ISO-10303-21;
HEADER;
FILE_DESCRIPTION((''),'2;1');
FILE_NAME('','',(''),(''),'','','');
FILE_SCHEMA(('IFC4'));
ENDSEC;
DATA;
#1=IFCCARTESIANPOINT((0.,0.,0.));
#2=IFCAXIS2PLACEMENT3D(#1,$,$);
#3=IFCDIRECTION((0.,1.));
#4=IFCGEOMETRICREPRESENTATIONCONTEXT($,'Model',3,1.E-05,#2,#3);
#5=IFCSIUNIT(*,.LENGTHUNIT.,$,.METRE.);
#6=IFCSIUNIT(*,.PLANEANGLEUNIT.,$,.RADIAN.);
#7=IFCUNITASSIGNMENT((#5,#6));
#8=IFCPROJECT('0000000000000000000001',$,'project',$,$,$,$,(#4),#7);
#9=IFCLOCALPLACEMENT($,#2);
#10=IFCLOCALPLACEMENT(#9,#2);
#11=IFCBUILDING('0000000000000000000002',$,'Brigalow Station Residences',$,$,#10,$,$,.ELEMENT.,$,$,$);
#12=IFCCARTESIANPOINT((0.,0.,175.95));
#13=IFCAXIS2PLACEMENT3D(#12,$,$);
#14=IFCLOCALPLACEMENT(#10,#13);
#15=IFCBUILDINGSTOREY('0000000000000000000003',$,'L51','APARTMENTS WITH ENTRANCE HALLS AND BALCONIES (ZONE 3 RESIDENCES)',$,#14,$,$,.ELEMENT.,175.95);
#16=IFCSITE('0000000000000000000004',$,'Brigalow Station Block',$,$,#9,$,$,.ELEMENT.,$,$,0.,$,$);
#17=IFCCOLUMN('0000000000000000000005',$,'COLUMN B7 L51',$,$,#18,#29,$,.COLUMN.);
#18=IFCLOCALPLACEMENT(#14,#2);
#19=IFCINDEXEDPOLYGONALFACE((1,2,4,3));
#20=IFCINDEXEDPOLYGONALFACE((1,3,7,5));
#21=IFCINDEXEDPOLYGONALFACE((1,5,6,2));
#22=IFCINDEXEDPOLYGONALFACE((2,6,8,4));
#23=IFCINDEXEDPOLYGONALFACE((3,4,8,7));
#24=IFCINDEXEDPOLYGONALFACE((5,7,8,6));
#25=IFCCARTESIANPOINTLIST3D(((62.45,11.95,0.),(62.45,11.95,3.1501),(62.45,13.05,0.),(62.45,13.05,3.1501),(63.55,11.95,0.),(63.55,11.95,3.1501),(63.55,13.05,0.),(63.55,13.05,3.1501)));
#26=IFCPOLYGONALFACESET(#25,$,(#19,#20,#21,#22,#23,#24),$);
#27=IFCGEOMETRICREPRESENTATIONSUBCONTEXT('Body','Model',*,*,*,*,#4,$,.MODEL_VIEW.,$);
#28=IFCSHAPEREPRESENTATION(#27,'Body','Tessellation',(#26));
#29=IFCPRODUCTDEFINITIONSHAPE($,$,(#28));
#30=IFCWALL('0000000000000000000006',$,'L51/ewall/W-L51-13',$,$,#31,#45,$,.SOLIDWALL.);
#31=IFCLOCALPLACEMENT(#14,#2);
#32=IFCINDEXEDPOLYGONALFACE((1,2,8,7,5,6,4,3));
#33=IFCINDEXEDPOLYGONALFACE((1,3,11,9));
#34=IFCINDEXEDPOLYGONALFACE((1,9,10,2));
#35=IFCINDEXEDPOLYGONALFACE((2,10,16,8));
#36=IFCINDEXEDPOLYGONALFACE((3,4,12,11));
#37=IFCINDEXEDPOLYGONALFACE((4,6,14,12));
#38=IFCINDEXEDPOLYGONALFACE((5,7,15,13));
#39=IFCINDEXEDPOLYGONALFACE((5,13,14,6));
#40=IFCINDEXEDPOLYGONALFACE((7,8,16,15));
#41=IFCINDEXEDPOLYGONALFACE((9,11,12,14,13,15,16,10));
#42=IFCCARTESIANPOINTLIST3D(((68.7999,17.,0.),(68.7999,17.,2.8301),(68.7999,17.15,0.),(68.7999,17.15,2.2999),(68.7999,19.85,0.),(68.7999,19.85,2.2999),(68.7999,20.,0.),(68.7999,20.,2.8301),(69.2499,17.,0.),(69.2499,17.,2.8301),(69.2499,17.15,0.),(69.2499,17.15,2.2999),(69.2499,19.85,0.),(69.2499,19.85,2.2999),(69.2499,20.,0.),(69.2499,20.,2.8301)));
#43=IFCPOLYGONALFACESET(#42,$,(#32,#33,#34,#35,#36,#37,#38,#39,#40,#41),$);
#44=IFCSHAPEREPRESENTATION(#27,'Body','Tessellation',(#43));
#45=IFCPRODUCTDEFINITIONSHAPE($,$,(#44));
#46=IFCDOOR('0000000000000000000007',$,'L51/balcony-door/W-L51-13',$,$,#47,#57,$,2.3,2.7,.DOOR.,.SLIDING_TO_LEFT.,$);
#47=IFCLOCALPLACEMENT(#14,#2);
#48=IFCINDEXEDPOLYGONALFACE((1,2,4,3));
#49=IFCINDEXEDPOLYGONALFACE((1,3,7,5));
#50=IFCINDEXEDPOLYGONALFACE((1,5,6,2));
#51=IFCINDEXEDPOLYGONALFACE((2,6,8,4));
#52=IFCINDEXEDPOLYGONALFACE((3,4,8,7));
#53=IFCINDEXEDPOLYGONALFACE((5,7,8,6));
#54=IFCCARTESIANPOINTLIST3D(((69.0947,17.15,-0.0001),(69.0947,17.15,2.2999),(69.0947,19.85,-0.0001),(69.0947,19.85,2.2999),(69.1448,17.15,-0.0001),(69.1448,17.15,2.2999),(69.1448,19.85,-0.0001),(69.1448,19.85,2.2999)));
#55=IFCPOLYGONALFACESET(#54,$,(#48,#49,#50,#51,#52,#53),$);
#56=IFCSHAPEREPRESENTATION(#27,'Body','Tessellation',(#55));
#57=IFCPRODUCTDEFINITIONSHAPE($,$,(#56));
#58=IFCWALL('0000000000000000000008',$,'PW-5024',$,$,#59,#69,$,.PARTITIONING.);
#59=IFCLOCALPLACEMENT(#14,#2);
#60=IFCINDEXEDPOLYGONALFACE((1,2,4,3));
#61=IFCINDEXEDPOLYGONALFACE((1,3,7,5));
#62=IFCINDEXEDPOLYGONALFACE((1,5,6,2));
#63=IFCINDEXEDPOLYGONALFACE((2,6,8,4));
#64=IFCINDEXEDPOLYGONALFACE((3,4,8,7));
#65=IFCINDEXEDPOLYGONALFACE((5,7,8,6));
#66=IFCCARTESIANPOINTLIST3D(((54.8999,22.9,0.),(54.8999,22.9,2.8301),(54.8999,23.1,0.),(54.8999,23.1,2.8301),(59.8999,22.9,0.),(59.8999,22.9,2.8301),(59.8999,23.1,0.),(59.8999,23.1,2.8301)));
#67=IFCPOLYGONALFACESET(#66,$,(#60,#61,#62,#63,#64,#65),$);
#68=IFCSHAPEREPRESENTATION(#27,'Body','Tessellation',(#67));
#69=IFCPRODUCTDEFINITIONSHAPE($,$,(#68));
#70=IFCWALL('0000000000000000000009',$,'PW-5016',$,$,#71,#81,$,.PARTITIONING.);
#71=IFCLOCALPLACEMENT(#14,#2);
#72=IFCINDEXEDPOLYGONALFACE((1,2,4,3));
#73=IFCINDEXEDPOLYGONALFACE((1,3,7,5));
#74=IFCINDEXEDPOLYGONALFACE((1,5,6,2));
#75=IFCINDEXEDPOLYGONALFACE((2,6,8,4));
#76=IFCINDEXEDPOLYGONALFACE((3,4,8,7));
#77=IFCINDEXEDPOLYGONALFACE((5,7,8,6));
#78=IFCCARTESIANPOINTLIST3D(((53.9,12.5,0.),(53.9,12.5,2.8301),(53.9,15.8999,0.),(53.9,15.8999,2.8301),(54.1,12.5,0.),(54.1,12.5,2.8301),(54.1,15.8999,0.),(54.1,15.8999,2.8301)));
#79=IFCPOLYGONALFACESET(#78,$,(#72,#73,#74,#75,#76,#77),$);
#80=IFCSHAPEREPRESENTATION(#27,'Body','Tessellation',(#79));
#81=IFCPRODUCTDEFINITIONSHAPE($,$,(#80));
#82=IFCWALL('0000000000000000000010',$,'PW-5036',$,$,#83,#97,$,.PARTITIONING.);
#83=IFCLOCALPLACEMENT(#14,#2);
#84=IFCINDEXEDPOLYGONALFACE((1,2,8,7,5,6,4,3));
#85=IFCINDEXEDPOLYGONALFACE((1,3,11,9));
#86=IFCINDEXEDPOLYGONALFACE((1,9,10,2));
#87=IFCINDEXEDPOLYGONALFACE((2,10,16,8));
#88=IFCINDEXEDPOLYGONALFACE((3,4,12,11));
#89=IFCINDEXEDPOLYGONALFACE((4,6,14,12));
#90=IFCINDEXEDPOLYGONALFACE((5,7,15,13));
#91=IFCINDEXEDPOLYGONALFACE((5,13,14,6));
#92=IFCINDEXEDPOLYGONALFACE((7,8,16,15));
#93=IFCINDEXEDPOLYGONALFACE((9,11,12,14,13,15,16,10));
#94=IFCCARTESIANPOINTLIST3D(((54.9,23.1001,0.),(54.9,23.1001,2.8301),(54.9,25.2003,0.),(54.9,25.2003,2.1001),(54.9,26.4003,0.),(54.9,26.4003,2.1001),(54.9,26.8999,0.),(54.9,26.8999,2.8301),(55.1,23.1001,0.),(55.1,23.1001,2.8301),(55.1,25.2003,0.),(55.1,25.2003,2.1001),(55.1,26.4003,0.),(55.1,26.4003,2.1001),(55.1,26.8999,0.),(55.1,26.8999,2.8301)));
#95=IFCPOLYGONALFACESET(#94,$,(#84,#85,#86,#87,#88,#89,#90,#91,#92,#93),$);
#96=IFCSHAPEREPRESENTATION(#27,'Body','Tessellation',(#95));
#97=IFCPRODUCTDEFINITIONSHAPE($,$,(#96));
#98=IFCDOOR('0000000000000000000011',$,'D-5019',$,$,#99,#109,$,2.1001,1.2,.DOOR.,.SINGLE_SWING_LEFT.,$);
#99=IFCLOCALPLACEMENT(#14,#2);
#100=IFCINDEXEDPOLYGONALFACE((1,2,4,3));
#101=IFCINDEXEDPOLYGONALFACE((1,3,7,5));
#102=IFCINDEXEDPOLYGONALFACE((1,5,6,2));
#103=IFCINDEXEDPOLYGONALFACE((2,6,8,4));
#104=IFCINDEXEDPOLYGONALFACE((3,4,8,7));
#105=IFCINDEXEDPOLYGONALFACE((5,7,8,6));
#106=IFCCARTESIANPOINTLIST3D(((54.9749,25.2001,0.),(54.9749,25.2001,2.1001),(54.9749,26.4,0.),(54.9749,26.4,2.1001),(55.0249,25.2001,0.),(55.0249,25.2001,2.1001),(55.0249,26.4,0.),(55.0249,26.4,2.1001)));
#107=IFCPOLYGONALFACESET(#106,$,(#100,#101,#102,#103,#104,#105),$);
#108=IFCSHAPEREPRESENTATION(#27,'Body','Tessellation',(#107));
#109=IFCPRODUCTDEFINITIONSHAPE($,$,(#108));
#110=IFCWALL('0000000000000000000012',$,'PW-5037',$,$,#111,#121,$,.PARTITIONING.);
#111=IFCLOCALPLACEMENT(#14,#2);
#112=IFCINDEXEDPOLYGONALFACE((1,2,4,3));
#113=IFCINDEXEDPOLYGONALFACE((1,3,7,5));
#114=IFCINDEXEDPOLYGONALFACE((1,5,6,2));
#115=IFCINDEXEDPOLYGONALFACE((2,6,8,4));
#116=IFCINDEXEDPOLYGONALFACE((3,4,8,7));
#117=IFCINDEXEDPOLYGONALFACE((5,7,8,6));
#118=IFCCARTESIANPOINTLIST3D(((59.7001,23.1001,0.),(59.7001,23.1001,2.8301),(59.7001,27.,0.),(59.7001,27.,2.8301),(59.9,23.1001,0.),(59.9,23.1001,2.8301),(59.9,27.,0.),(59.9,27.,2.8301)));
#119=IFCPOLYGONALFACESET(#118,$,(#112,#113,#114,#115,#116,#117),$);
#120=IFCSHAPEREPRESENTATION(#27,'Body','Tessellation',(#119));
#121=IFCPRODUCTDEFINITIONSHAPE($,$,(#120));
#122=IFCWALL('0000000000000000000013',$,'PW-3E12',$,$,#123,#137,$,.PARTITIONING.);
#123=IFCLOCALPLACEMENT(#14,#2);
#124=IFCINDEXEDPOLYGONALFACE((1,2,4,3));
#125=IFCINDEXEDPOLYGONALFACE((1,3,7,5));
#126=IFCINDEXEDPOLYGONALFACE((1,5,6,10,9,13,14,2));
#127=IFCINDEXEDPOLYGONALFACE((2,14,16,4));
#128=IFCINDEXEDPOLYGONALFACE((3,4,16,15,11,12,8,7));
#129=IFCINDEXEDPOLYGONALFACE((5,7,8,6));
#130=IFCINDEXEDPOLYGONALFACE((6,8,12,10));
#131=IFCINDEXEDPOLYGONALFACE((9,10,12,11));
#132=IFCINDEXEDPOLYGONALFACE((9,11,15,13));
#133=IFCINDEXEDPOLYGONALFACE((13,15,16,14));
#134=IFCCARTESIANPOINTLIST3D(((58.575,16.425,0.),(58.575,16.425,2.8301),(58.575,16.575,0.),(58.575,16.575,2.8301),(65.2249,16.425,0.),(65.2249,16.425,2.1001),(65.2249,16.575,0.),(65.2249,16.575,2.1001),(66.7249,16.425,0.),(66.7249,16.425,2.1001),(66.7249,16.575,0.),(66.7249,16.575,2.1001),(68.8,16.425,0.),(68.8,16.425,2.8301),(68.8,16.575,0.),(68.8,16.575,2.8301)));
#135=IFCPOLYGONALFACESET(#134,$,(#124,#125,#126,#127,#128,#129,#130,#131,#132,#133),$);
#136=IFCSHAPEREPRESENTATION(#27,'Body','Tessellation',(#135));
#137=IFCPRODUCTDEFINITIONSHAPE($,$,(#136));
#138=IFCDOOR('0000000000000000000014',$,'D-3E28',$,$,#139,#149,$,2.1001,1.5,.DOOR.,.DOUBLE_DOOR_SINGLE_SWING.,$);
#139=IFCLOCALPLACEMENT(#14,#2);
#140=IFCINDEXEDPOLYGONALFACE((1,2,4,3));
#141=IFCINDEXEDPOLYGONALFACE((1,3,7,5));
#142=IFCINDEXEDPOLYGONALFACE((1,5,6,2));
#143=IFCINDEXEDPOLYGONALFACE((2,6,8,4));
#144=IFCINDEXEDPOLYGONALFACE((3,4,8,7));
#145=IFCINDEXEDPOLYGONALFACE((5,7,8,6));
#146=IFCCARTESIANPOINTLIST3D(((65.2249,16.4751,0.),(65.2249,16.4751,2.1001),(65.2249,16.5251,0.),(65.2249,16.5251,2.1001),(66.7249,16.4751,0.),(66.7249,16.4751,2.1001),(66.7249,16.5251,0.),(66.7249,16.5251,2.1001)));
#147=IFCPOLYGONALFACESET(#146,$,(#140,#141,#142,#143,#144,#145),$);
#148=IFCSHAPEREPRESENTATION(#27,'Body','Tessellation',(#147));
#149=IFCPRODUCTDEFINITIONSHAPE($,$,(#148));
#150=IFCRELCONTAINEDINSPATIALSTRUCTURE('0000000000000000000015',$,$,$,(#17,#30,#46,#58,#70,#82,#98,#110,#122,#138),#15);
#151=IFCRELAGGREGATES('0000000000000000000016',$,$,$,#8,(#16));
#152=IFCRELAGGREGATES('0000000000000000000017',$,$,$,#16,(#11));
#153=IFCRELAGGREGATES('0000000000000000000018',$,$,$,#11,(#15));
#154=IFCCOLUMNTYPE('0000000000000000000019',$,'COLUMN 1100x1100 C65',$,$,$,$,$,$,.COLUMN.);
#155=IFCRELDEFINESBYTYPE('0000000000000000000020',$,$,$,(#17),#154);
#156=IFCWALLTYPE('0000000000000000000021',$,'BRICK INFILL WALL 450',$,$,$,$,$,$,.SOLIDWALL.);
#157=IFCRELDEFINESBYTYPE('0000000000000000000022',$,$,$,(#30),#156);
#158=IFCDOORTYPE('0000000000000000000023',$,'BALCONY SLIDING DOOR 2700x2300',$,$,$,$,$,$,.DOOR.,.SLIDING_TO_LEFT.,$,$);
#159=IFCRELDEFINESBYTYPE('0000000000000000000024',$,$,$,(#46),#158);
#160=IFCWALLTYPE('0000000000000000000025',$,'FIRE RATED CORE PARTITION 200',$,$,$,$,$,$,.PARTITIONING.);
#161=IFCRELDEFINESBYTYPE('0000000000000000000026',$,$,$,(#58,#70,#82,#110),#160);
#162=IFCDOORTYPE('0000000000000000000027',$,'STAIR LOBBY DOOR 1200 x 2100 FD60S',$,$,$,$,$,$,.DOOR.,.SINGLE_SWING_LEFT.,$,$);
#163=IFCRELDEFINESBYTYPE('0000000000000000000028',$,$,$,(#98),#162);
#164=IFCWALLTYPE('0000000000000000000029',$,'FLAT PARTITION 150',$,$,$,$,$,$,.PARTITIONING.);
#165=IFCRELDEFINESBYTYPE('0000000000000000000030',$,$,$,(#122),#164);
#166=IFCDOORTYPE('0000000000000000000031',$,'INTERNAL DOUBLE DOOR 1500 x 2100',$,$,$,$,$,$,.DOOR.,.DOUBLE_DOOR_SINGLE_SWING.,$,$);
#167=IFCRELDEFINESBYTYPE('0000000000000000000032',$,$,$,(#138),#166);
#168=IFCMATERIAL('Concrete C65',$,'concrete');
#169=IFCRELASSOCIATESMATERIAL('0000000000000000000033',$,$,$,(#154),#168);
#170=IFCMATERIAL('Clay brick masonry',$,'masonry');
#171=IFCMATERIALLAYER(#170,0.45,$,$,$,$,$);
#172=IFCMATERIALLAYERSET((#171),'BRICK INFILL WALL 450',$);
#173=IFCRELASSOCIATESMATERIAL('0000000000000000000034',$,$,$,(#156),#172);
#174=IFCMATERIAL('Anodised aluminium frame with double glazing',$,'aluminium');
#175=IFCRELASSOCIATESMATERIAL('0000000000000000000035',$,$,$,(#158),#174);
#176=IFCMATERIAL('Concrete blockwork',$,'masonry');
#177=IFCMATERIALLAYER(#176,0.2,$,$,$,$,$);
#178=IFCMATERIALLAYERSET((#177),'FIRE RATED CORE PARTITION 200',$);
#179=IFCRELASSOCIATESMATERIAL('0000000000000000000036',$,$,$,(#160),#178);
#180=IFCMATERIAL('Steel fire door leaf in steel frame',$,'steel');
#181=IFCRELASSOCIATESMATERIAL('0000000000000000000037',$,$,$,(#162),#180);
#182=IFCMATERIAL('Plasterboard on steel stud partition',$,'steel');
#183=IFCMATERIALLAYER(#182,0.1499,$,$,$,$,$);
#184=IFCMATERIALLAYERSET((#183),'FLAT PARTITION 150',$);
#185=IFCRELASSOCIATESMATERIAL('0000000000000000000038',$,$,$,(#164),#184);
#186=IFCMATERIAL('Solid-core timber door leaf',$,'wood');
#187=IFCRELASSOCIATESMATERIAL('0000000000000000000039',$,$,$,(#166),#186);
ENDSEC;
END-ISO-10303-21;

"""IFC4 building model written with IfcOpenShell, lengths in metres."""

from ifc_helpers import new_model, si_unit, direction, frame, frame_2d, origin, origin_2d, place, context, subcontext, project, spatial, rectangle, extrude, material, layer, layer_set, material_profile, profile_set, type_object, element, fill, save


model = new_model("IFC4")

# Units and contexts
model_context = context("Model", 3, precision=1e-05, world=origin(), true_north=direction((0.0, 1.0)))
body_context = subcontext(model_context, "Body", "Model", "MODEL_VIEW")
ifc_project = project(units=[si_unit("LENGTHUNIT", "METRE"), si_unit("PLANEANGLEUNIT", "RADIAN")], contexts=[model_context])

# Site, building, storey
site_placement = place(None, origin())
site = spatial("IfcSite", under=ifc_project, at=site_placement, Name="Brigalow Station Block", CompositionType="ELEMENT", RefElevation=0.0)
building_placement = place(site_placement, origin())
building = spatial("IfcBuilding", under=site, at=building_placement, Name="Brigalow Station Residences", CompositionType="ELEMENT")
storey_placement = place(building_placement, frame((0.0, 0.0, 175.95)))
storey = spatial("IfcBuildingStorey", under=building, at=storey_placement, Name="L51", Description="APARTMENTS WITH ENTRANCE HALLS AND BALCONIES (ZONE 3 RESIDENCES)", CompositionType="ELEMENT", Elevation=175.95)

# Column
ifc_material_1 = material(Name="Concrete C65", Category="concrete")
ifc_material_profile = material_profile(ifc_material_1, rectangle(XDim=1.1001, YDim=1.1001, at=origin_2d()), Name="RC1100x1100")
ifc_profile_set = profile_set([ifc_material_profile], Name="Concrete C65")
column_type = type_object("IfcColumnType", Name="COLUMN 1100x1100 C65", PredefinedType="COLUMN", material=ifc_profile_set)
column_placement = place(storey_placement, frame((63.0, 12.5, 0.0), z_axis=(0.0, 0.0, 1.0), x_axis=(1.0, 0.0, 0.0)))
element("IfcColumn", 1, at=column_placement, inside=storey, type_object=column_type, Name="COLUMN B7 L51", PredefinedType="COLUMN", context=body_context, shape_type="SweptSolid", body=[
    extrude(rectangle(XDim=1.1001, YDim=1.1001, at=origin_2d()), origin(), (0.0, 0.0, 1.0), 3.1501),
])

# Wall, opening, door
ifc_material_2 = material(Name="Clay brick masonry", Category="masonry")
ifc_layer_1 = layer(ifc_material_2, 0.45)
ifc_layer_set_1 = layer_set([ifc_layer_1], Name="BRICK INFILL WALL 450")
wall_type_1 = type_object("IfcWallType", Name="BRICK INFILL WALL 450", PredefinedType="SOLIDWALL", material=ifc_layer_set_1)
wall_1_placement = place(storey_placement, frame((69.0249, 17.0, 0.0), z_axis=(0.0, 0.0, 1.0), x_axis=(0.0, 1.0, 0.0)))
wall_1 = element("IfcWall", 2, at=wall_1_placement, inside=storey, type_object=wall_type_1, Name="L51/ewall/W-L51-13", PredefinedType="SOLIDWALL", context=body_context, shape_type="SweptSolid", body=[
    extrude(rectangle(XDim=3.0, YDim=0.45, at=frame_2d((1.5, 0.0))), origin(), (0.0, 0.0, 1.0), 2.8301),
])
opening_1_placement = place(wall_1_placement, frame((0.1499, 0.0, 0.0)))
opening_1 = element("IfcOpeningElement", 3, at=opening_1_placement, cuts=wall_1, PredefinedType="OPENING", context=body_context, shape_type="SweptSolid", body=[
    extrude(rectangle(XDim=2.7, YDim=2.3, at=frame_2d((1.3501, 1.1499))), frame((0.0, 0.2349, 0.0), z_axis=(0.0, -1.0, 0.0), x_axis=(1.0, 0.0, 0.0)), (0.0, 0.0, 1.0), 0.47),
])
ifc_material_3 = material(Name="Anodised aluminium frame with double glazing", Category="aluminium")
door_type_1 = type_object("IfcDoorType", Name="BALCONY SLIDING DOOR 2700x2300", OperationType="SLIDING_TO_LEFT", PredefinedType="DOOR", material=ifc_material_3)
door_1_placement = place(opening_1_placement, origin())
door_1 = element("IfcDoor", 4, at=door_1_placement, inside=storey, type_object=door_type_1, Name="L51/balcony-door/W-L51-13", OperationType="SLIDING_TO_LEFT", OverallHeight=2.3, OverallWidth=2.7, PredefinedType="DOOR", context=body_context, shape_type="SweptSolid", body=[
    extrude(rectangle(XDim=2.7, YDim=2.3, at=frame_2d((1.3501, 1.1499))), frame((0.0, -0.0698, 0.0), z_axis=(0.0, -1.0, 0.0), x_axis=(1.0, 0.0, 0.0)), (0.0, 0.0, 1.0), 0.05),
])
fill(opening_1, door_1)

# Walls
ifc_material_4 = material(Name="Concrete blockwork", Category="masonry")
ifc_layer_2 = layer(ifc_material_4, 0.2)
ifc_layer_set_2 = layer_set([ifc_layer_2], Name="FIRE RATED CORE PARTITION 200")
wall_type_2 = type_object("IfcWallType", Name="FIRE RATED CORE PARTITION 200", PredefinedType="PARTITIONING", material=ifc_layer_set_2)
wall_2_placement = place(storey_placement, frame((54.8999, 23.0, 0.0), z_axis=(0.0, 0.0, 1.0), x_axis=(1.0, 0.0, 0.0)))
element("IfcWall", 5, at=wall_2_placement, inside=storey, type_object=wall_type_2, Name="PW-5024", PredefinedType="PARTITIONING", context=body_context, shape_type="SweptSolid", body=[
    extrude(rectangle(XDim=5.0, YDim=0.2, at=frame_2d((2.5, 0.0))), origin(), (0.0, 0.0, 1.0), 2.8301),
])
wall_3_placement = place(storey_placement, frame((54.0, 12.5, 0.0), z_axis=(0.0, 0.0, 1.0), x_axis=(0.0, 1.0, 0.0)))
element("IfcWall", 6, at=wall_3_placement, inside=storey, type_object=wall_type_2, Name="PW-5016", PredefinedType="PARTITIONING", context=body_context, shape_type="SweptSolid", body=[
    extrude(rectangle(XDim=3.3999, YDim=0.2, at=frame_2d((1.7, 0.0))), origin(), (0.0, 0.0, 1.0), 2.8301),
])

# Wall, opening, door
wall_4_placement = place(storey_placement, frame((55.0, 23.1001, 0.0), z_axis=(0.0, 0.0, 1.0), x_axis=(0.0, 1.0, 0.0)))
wall_4 = element("IfcWall", 7, at=wall_4_placement, inside=storey, type_object=wall_type_2, Name="PW-5036", PredefinedType="PARTITIONING", context=body_context, shape_type="SweptSolid", body=[
    extrude(rectangle(XDim=3.7998, YDim=0.2, at=frame_2d((1.8999, 0.0))), origin(), (0.0, 0.0, 1.0), 2.8301),
])
opening_2_placement = place(wall_4_placement, frame((2.1001, 0.0, 0.0)))
opening_2 = element("IfcOpeningElement", 8, at=opening_2_placement, cuts=wall_4, PredefinedType="OPENING", context=body_context, shape_type="SweptSolid", body=[
    extrude(rectangle(XDim=1.2, YDim=2.1001, at=frame_2d((0.6001, 1.05))), frame((0.0, 0.1099, 0.0), z_axis=(0.0, -1.0, 0.0), x_axis=(1.0, 0.0, 0.0)), (0.0, 0.0, 1.0), 0.22),
])
ifc_material_5 = material(Name="Steel fire door leaf in steel frame", Category="steel")
door_type_2 = type_object("IfcDoorType", Name="STAIR LOBBY DOOR 1200 x 2100 FD60S", OperationType="SINGLE_SWING_LEFT", PredefinedType="DOOR", material=ifc_material_5)
door_2_placement = place(opening_2_placement, frame((1.2, 0.0, 0.0), z_axis=(0.0, 0.0, 1.0), x_axis=(-1.0, 0.0, 0.0)))
door_2 = element("IfcDoor", 9, at=door_2_placement, inside=storey, type_object=door_type_2, Name="D-5019", OperationType="SINGLE_SWING_LEFT", OverallHeight=2.1001, OverallWidth=1.2, PredefinedType="DOOR", context=body_context, shape_type="SweptSolid", body=[
    extrude(rectangle(XDim=1.2, YDim=2.1001, at=frame_2d((0.6001, 1.05))), frame((0.0, 0.0249, 0.0), z_axis=(0.0, -1.0, 0.0), x_axis=(1.0, 0.0, 0.0)), (0.0, 0.0, 1.0), 0.05),
])
fill(opening_2, door_2)

# Wall
wall_5_placement = place(storey_placement, frame((59.8, 23.1001, 0.0), z_axis=(0.0, 0.0, 1.0), x_axis=(0.0, 1.0, 0.0)))
element("IfcWall", 10, at=wall_5_placement, inside=storey, type_object=wall_type_2, Name="PW-5037", PredefinedType="PARTITIONING", context=body_context, shape_type="SweptSolid", body=[
    extrude(rectangle(XDim=3.8999, YDim=0.2, at=frame_2d((1.95, 0.0))), origin(), (0.0, 0.0, 1.0), 2.8301),
])

# Wall, opening, door
ifc_material_6 = material(Name="Plasterboard on steel stud partition", Category="steel")
ifc_layer_3 = layer(ifc_material_6, 0.1499)
ifc_layer_set_3 = layer_set([ifc_layer_3], Name="FLAT PARTITION 150")
wall_type_3 = type_object("IfcWallType", Name="FLAT PARTITION 150", PredefinedType="PARTITIONING", material=ifc_layer_set_3)
wall_6_placement = place(storey_placement, frame((58.575, 16.5, 0.0), z_axis=(0.0, 0.0, 1.0), x_axis=(1.0, 0.0, 0.0)))
wall_6 = element("IfcWall", 11, at=wall_6_placement, inside=storey, type_object=wall_type_3, Name="PW-3E12", PredefinedType="PARTITIONING", context=body_context, shape_type="SweptSolid", body=[
    extrude(rectangle(XDim=10.2251, YDim=0.1499, at=frame_2d((5.1125, 0.0))), origin(), (0.0, 0.0, 1.0), 2.8301),
])
opening_3_placement = place(wall_6_placement, frame((6.6499, 0.0, 0.0)))
opening_3 = element("IfcOpeningElement", 12, at=opening_3_placement, cuts=wall_6, PredefinedType="OPENING", context=body_context, shape_type="SweptSolid", body=[
    extrude(rectangle(XDim=1.5, YDim=2.1001, at=frame_2d((0.75, 1.05))), frame((0.0, 0.085, 0.0), z_axis=(0.0, -1.0, 0.0), x_axis=(1.0, 0.0, 0.0)), (0.0, 0.0, 1.0), 0.1699),
])
ifc_material_7 = material(Name="Solid-core timber door leaf", Category="wood")
door_type_3 = type_object("IfcDoorType", Name="INTERNAL DOUBLE DOOR 1500 x 2100", OperationType="DOUBLE_DOOR_SINGLE_SWING", PredefinedType="DOOR", material=ifc_material_7)
door_3_placement = place(opening_3_placement, frame((1.5, 0.0, 0.0), z_axis=(0.0, 0.0, 1.0), x_axis=(-1.0, 0.0, 0.0)))
door_3 = element("IfcDoor", 13, at=door_3_placement, inside=storey, type_object=door_type_3, Name="D-3E28", OperationType="DOUBLE_DOOR_SINGLE_SWING", OverallHeight=2.1001, OverallWidth=1.5, PredefinedType="DOOR", context=body_context, shape_type="SweptSolid", body=[
    extrude(rectangle(XDim=1.5, YDim=2.1001, at=frame_2d((0.75, 1.05))), frame((0.0, 0.0249, 0.0), z_axis=(0.0, -1.0, 0.0), x_axis=(1.0, 0.0, 0.0)), (0.0, 0.0, 1.0), 0.05),
])
fill(opening_3, door_3)

save(model, "model.ifc")
